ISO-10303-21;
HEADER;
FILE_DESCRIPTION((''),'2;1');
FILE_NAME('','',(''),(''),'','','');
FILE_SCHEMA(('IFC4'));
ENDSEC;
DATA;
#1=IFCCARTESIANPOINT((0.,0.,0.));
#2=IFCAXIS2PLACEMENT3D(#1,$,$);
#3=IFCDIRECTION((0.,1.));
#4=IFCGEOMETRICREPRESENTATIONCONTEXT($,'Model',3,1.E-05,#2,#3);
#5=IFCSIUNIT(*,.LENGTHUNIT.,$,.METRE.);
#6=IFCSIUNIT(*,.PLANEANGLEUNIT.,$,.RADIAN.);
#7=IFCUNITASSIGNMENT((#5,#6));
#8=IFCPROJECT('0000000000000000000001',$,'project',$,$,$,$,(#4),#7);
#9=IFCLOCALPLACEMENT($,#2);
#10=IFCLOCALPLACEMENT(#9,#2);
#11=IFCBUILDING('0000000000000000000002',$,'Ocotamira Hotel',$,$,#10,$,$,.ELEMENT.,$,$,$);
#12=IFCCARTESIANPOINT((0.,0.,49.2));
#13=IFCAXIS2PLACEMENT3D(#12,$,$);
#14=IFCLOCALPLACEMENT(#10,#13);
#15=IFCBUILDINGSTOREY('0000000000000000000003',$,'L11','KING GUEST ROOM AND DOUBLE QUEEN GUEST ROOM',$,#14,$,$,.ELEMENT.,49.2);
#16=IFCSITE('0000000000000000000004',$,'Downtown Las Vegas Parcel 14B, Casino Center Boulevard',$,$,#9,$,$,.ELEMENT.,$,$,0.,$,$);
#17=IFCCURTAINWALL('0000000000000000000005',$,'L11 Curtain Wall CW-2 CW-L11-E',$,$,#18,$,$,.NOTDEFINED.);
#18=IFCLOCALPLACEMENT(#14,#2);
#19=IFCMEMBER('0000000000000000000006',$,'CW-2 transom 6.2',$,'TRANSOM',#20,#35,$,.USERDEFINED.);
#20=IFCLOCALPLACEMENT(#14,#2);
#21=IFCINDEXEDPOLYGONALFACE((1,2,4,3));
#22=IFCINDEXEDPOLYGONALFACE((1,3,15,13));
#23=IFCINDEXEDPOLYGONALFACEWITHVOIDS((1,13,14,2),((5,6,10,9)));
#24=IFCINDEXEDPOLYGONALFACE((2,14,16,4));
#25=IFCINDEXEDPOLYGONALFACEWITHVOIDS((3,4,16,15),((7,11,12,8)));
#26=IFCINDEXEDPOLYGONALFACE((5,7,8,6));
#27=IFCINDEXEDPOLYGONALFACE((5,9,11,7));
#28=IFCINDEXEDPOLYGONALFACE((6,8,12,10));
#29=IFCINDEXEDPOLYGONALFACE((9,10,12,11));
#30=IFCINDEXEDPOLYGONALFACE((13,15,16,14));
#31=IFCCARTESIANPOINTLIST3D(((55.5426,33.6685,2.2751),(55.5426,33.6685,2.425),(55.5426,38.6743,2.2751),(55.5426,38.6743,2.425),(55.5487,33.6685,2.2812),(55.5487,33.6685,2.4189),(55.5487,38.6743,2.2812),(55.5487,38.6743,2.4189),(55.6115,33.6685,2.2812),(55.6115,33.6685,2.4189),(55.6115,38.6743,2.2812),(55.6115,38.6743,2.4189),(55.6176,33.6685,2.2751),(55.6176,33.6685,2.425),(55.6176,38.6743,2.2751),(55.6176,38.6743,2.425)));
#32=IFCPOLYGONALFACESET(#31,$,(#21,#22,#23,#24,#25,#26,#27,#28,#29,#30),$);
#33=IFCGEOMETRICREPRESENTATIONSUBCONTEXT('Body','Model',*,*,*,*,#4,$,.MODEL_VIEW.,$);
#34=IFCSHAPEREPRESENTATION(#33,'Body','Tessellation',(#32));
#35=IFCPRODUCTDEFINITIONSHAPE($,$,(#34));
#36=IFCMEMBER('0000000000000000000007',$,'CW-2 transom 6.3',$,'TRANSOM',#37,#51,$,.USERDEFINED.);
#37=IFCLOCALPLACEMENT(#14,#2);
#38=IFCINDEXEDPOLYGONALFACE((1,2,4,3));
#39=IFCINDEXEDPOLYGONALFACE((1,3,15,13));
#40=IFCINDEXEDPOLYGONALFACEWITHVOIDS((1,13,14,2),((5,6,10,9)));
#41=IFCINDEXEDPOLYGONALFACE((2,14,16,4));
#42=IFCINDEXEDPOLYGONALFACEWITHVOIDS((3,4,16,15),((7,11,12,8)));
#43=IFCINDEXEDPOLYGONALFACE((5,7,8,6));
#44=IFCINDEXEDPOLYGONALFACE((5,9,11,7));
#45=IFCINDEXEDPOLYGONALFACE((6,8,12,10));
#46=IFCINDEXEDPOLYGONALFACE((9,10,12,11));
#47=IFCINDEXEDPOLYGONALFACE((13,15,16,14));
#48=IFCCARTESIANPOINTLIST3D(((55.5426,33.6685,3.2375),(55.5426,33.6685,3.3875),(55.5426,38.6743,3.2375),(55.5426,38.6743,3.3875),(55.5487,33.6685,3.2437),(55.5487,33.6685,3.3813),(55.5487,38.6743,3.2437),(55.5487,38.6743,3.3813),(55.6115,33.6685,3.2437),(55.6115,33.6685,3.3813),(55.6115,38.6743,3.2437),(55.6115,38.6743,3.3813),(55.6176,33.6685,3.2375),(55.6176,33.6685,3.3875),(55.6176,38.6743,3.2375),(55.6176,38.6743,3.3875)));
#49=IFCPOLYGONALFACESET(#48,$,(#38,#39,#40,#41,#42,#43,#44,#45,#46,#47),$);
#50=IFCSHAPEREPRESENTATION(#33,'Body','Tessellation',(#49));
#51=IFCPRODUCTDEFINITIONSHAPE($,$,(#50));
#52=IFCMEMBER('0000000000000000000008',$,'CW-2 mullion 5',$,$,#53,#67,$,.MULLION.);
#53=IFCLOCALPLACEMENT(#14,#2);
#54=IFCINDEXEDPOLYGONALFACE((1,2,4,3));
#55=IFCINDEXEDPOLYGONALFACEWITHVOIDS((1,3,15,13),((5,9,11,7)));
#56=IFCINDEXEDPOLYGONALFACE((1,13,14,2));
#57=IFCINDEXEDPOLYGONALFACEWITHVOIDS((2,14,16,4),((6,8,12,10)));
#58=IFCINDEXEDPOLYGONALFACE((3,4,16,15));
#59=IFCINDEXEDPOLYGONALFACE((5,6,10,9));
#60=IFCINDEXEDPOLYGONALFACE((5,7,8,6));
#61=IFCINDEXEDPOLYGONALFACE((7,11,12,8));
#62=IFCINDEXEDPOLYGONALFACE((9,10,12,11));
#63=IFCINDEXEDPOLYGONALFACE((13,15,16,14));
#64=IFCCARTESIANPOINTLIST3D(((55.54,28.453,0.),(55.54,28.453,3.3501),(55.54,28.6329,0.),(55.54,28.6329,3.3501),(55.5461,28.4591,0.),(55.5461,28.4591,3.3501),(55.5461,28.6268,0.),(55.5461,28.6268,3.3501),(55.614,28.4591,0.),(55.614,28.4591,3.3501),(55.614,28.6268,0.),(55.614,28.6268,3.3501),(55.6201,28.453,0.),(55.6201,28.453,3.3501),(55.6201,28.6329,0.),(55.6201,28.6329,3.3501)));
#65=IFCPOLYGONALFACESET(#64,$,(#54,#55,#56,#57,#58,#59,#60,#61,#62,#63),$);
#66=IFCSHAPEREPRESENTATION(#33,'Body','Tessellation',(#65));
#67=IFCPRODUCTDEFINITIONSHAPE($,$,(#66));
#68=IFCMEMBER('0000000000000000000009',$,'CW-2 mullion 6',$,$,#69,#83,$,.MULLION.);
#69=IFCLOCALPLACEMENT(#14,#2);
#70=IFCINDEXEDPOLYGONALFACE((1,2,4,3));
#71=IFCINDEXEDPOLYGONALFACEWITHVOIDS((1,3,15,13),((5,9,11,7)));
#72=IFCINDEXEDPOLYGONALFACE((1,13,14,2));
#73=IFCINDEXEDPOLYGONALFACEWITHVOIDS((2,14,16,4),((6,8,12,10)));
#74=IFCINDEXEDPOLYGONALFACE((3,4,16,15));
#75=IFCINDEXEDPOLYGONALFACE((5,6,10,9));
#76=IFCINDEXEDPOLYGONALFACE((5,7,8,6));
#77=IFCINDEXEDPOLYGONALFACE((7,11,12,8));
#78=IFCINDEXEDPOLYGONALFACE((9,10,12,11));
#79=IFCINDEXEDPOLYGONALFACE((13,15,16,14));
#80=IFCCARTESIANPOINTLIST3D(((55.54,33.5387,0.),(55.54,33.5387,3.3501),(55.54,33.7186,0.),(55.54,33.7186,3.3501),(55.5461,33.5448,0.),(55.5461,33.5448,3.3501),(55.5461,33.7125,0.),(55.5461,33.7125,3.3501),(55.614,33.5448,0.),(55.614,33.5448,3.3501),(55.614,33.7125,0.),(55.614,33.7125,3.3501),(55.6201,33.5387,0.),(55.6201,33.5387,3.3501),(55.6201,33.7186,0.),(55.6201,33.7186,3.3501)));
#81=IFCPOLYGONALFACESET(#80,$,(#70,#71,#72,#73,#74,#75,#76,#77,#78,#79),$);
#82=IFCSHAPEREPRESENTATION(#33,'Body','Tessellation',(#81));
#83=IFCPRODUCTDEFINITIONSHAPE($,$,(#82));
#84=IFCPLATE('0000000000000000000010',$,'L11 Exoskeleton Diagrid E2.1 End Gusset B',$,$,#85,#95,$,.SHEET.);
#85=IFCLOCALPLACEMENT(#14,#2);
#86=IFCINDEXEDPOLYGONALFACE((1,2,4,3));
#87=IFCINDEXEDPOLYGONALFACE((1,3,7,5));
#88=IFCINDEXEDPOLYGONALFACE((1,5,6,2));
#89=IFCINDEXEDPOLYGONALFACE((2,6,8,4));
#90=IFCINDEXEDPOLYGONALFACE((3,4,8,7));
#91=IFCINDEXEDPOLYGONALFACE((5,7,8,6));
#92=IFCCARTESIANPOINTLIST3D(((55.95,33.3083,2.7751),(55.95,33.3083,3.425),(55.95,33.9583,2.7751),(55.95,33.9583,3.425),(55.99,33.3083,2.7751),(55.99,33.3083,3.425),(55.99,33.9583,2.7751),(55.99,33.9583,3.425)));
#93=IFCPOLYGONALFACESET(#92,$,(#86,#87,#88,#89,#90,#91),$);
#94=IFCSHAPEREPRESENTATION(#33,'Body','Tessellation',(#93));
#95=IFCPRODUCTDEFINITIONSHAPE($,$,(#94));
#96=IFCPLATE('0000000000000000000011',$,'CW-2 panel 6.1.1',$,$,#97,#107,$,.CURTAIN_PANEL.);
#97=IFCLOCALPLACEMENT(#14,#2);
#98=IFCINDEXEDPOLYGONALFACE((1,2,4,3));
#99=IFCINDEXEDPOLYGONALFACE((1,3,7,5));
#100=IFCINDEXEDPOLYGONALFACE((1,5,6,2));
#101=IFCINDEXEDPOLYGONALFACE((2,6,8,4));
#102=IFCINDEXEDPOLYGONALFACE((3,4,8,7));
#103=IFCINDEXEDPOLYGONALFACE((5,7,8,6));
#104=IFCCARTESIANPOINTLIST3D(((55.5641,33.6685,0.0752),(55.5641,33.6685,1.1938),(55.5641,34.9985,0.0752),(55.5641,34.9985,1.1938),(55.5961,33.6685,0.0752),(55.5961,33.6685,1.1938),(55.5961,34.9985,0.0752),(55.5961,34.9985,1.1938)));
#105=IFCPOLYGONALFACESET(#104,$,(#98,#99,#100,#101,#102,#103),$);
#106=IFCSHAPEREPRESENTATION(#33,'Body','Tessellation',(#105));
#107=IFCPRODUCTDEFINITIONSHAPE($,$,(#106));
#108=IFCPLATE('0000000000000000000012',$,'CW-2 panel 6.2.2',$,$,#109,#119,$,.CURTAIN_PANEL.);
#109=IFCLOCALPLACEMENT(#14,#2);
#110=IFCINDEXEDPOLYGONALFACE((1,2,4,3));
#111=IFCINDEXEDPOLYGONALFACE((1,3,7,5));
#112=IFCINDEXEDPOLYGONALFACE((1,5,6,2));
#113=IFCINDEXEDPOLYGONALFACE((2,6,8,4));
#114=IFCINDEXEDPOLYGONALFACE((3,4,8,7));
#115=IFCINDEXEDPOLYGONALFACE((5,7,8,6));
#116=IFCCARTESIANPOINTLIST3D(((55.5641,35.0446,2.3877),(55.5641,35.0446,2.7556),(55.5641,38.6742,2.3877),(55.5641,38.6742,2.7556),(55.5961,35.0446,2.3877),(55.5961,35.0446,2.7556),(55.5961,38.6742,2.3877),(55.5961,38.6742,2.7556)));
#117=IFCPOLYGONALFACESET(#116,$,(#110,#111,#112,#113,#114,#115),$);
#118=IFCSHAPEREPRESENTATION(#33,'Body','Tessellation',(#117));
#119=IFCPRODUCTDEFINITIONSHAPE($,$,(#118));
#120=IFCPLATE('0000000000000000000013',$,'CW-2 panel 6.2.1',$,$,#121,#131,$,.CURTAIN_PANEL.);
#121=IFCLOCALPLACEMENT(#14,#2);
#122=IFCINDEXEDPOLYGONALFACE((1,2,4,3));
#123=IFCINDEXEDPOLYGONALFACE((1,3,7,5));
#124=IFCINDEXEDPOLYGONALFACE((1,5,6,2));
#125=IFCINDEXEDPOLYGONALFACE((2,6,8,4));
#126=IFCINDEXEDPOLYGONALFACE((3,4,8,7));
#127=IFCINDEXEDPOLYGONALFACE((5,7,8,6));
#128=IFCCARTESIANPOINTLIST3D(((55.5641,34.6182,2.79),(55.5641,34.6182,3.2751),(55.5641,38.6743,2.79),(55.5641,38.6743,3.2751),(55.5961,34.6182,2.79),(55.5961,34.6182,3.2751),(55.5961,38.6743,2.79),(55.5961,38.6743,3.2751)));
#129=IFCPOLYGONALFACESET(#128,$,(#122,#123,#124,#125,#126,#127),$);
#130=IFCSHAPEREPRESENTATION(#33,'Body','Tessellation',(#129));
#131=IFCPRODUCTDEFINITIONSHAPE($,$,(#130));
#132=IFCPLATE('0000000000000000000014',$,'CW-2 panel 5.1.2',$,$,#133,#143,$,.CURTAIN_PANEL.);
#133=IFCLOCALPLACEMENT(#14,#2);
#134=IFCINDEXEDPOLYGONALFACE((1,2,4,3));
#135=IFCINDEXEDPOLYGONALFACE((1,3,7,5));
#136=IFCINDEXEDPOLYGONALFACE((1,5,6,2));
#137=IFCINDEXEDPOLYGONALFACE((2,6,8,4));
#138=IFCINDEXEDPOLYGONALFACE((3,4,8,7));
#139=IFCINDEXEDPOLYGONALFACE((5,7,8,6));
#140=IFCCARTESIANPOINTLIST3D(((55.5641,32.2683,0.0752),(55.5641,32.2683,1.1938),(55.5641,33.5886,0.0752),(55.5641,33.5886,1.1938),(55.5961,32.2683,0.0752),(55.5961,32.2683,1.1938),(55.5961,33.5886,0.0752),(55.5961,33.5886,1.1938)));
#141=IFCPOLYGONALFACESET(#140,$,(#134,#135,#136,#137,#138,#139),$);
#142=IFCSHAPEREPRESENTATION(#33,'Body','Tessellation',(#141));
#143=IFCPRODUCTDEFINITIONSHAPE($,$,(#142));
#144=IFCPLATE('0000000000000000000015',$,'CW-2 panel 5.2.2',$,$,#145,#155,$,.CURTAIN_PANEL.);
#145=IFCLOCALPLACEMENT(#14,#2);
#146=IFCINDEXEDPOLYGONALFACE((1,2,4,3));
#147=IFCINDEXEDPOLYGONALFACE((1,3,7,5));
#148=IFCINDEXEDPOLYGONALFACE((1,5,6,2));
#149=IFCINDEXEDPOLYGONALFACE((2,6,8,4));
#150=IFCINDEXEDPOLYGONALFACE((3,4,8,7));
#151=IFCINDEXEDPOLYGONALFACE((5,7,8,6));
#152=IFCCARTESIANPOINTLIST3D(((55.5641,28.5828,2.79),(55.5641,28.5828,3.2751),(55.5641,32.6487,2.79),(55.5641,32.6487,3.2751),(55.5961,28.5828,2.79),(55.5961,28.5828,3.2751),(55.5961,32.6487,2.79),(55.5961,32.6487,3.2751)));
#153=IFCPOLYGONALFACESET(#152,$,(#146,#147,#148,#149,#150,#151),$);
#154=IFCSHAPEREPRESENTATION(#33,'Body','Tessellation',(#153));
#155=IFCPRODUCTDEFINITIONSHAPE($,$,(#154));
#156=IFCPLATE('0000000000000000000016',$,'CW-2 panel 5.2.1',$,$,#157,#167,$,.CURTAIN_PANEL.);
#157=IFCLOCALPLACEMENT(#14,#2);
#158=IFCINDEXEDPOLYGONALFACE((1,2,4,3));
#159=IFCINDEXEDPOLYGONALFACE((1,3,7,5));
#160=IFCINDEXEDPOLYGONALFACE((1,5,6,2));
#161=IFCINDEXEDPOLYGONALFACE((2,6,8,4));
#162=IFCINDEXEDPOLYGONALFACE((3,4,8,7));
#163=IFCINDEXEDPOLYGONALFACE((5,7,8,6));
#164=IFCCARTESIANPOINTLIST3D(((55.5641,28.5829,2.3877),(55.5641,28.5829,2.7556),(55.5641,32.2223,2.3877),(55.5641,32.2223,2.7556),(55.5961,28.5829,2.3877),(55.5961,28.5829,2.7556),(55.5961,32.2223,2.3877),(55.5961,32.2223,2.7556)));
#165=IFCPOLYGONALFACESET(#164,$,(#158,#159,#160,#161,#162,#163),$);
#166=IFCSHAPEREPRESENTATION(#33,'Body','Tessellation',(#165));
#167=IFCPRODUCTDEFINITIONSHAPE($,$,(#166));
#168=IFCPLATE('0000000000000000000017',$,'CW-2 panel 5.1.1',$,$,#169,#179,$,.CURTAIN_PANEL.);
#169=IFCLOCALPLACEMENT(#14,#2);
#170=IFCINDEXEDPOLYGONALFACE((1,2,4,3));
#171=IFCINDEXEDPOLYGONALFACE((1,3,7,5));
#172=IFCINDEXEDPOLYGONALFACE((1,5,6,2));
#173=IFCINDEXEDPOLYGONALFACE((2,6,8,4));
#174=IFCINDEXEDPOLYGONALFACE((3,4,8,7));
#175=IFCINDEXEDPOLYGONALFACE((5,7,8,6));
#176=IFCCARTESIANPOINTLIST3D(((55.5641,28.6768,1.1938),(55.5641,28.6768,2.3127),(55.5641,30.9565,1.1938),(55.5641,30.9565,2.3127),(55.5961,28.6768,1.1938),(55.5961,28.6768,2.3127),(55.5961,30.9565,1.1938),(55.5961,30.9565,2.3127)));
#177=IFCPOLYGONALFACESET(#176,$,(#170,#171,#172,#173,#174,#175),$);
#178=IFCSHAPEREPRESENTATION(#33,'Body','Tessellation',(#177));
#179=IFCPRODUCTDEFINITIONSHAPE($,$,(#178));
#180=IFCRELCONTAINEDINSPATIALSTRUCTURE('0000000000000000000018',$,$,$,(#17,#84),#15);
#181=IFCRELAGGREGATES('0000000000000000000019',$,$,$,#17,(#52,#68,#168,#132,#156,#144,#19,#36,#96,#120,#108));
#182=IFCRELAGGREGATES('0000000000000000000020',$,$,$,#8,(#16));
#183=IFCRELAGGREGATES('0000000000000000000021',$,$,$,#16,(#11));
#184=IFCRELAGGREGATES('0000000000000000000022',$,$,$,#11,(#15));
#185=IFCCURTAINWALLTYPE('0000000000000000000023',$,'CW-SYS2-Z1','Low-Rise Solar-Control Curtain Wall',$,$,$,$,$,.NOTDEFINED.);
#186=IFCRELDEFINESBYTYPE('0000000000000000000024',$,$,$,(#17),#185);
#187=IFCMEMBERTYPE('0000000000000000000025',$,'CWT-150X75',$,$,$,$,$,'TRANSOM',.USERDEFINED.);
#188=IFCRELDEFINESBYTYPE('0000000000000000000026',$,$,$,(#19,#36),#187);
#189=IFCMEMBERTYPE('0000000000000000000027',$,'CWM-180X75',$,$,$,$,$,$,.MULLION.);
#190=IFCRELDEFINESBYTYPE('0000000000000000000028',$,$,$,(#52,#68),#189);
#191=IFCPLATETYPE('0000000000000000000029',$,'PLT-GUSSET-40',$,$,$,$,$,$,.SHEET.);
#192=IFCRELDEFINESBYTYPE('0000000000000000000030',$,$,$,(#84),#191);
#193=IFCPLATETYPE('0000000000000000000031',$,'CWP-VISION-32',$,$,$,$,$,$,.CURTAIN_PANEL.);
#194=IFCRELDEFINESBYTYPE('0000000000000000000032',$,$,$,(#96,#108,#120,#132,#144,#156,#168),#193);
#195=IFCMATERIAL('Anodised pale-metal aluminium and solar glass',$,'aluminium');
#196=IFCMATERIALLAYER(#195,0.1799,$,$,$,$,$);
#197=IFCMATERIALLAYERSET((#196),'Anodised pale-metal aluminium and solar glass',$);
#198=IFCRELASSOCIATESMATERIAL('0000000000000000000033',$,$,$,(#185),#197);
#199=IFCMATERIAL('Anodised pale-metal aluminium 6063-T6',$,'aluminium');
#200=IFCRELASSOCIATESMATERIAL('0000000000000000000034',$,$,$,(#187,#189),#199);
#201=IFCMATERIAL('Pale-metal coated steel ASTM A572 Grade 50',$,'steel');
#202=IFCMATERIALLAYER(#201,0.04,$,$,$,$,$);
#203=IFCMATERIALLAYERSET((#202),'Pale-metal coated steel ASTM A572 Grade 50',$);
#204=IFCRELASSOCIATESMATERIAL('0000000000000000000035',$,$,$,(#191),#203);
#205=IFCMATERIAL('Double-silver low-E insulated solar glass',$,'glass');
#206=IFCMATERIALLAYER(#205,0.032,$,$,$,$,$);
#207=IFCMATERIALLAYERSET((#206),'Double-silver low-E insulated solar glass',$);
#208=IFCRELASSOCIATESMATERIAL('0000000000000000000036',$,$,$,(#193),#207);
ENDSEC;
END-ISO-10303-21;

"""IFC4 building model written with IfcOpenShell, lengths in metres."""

from ifc_helpers import new_model, si_unit, direction, frame, origin, origin_2d, place, context, subcontext, project, spatial, rectangle, hollow_rectangle, extrude, source, transform, mapped, material, layer, layer_set, material_profile, profile_set, type_object, element, aggregate, save


model = new_model("IFC4")

# Units and contexts
model_context = context("Model", 3, precision=1e-05, world=origin(), true_north=direction((0.0, 1.0)))
body_context = subcontext(model_context, "Body", "Model", "MODEL_VIEW")
ifc_project = project(units=[si_unit("LENGTHUNIT", "METRE"), si_unit("PLANEANGLEUNIT", "RADIAN")], contexts=[model_context])

# Site, building, storey
site_placement = place(None, origin())
site = spatial("IfcSite", under=ifc_project, at=site_placement, Name="Downtown Las Vegas Parcel 14B, Casino Center Boulevard", CompositionType="ELEMENT", RefElevation=0.0)
building_placement = place(site_placement, origin())
building = spatial("IfcBuilding", under=site, at=building_placement, Name="Ocotamira Hotel", CompositionType="ELEMENT")
storey_placement = place(building_placement, frame((0.0, 0.0, 49.2)))
storey = spatial("IfcBuildingStorey", under=building, at=storey_placement, Name="L11", Description="KING GUEST ROOM AND DOUBLE QUEEN GUEST ROOM", CompositionType="ELEMENT", Elevation=49.2)

# Curtain wall, members
ifc_material_1 = material(Name="Anodised pale-metal aluminium and solar glass", Category="aluminium")
ifc_layer_1 = layer(ifc_material_1, 0.1799)
ifc_layer_set_1 = layer_set([ifc_layer_1], Name="Anodised pale-metal aluminium and solar glass")
curtain_wall_type = type_object("IfcCurtainWallType", Name="CW-SYS2-Z1", Description="Low-Rise Solar-Control Curtain Wall", PredefinedType="NOTDEFINED", material=ifc_layer_set_1)
curtain_wall_placement = place(storey_placement, origin())
curtain_wall = element("IfcCurtainWall", 1, at=curtain_wall_placement, inside=storey, type_object=curtain_wall_type, Name="L11 Curtain Wall CW-2 CW-L11-E", PredefinedType="NOTDEFINED")
ifc_material_2 = material(Name="Anodised pale-metal aluminium 6063-T6", Category="aluminium")
ifc_material_profile_1 = material_profile(ifc_material_2, hollow_rectangle(XDim=0.075, YDim=0.1499, WallThickness=0.0061, at=origin_2d()), Name="HSS150X75X6")
ifc_profile_set_1 = profile_set([ifc_material_profile_1], Name="Anodised pale-metal aluminium 6063-T6")
member_type_1 = type_object("IfcMemberType", Name="CWT-150X75", ElementType="TRANSOM", PredefinedType="USERDEFINED", material=ifc_profile_set_1)
shared_shape_1 = source(origin(), body_context, "Body", "SweptSolid", [
    extrude(hollow_rectangle(XDim=0.075, YDim=0.1499, WallThickness=0.0061, at=origin_2d()), origin(), (0.0, 0.0, 1.0), 5.0059),
])
member_1_placement = place(storey_placement, frame((55.5801, 33.6685, 2.3501), z_axis=(0.0, 1.0, 0.0), x_axis=(-1.0, 0.0, 0.0)))
member_1 = element("IfcMember", 2, at=member_1_placement, type_object=member_type_1, Name="CW-2 transom 6.2", ObjectType="TRANSOM", PredefinedType="USERDEFINED", context=body_context, shape_type="MappedRepresentation", body=[
    mapped(shared_shape_1, transform((0.0, 0.0, 0.0), scale=1.0)),
])
member_2_placement = place(storey_placement, frame((55.5801, 33.6685, 3.3125), z_axis=(0.0, 1.0, 0.0), x_axis=(-1.0, 0.0, 0.0)))
member_2 = element("IfcMember", 3, at=member_2_placement, type_object=member_type_1, Name="CW-2 transom 6.3", ObjectType="TRANSOM", PredefinedType="USERDEFINED", context=body_context, shape_type="MappedRepresentation", body=[
    mapped(shared_shape_1, transform((0.0, 0.0, 0.0), scale=1.0)),
])
ifc_material_profile_2 = material_profile(ifc_material_2, hollow_rectangle(XDim=0.0801, YDim=0.1799, WallThickness=0.0061, at=origin_2d()), Name="HSS180X80X6")
ifc_profile_set_2 = profile_set([ifc_material_profile_2], Name="Anodised pale-metal aluminium 6063-T6")
member_type_2 = type_object("IfcMemberType", Name="CWM-180X75", PredefinedType="MULLION", material=ifc_profile_set_2)
shared_shape_2 = source(origin(), body_context, "Body", "SweptSolid", [
    extrude(hollow_rectangle(XDim=0.0801, YDim=0.1799, WallThickness=0.0061, at=origin_2d()), origin(), (0.0, 0.0, 1.0), 3.3501),
])
member_3_placement = place(storey_placement, frame((55.5801, 28.543, 0.0), z_axis=(0.0, 0.0, 1.0), x_axis=(-1.0, 0.0, 0.0)))
member_3 = element("IfcMember", 4, at=member_3_placement, type_object=member_type_2, Name="CW-2 mullion 5", PredefinedType="MULLION", context=body_context, shape_type="MappedRepresentation", body=[
    mapped(shared_shape_2, transform((0.0, 0.0, 0.0), scale=1.0)),
])
member_4_placement = place(storey_placement, frame((55.5801, 33.6287, 0.0), z_axis=(0.0, 0.0, 1.0), x_axis=(-1.0, 0.0, 0.0)))
member_4 = element("IfcMember", 5, at=member_4_placement, type_object=member_type_2, Name="CW-2 mullion 6", PredefinedType="MULLION", context=body_context, shape_type="MappedRepresentation", body=[
    mapped(shared_shape_2, transform((0.0, 0.0, 0.0), scale=1.0)),
])

# Plates
ifc_material_3 = material(Name="Pale-metal coated steel ASTM A572 Grade 50", Category="steel")
ifc_layer_2 = layer(ifc_material_3, 0.04)
ifc_layer_set_2 = layer_set([ifc_layer_2], Name="Pale-metal coated steel ASTM A572 Grade 50")
plate_type_1 = type_object("IfcPlateType", Name="PLT-GUSSET-40", PredefinedType="SHEET", material=ifc_layer_set_2)
shared_shape_3 = source(origin(), body_context, "Body", "SweptSolid", [
    extrude(rectangle(XDim=0.04, YDim=0.6499, at=origin_2d()), origin(), (0.0, 0.0, 1.0), 0.6499),
])
plate_1_placement = place(storey_placement, frame((55.97, 33.6333, 2.7751), z_axis=(0.0, 0.0, 1.0), x_axis=(1.0, 0.0, 0.0)))
element("IfcPlate", 6, at=plate_1_placement, inside=storey, type_object=plate_type_1, Name="L11 Exoskeleton Diagrid E2.1 End Gusset B", PredefinedType="SHEET", context=body_context, shape_type="MappedRepresentation", body=[
    mapped(shared_shape_3, transform((0.0, 0.0, 0.0), scale=1.0)),
])
ifc_material_4 = material(Name="Double-silver low-E insulated solar glass", Category="glass")
ifc_layer_3 = layer(ifc_material_4, 0.032)
ifc_layer_set_3 = layer_set([ifc_layer_3], Name="Double-silver low-E insulated solar glass")
plate_type_2 = type_object("IfcPlateType", Name="CWP-VISION-32", PredefinedType="CURTAIN_PANEL", material=ifc_layer_set_3)
shared_shape_4 = source(origin(), body_context, "Body", "SweptSolid", [
    extrude(rectangle(XDim=1.3301, YDim=0.032, at=origin_2d()), origin(), (0.0, 0.0, 1.0), 1.1187),
])
plate_2_placement = place(storey_placement, frame((55.5801, 34.3335, 0.0752), z_axis=(0.0, 0.0, 1.0), x_axis=(0.0, 1.0, 0.0)))
plate_2 = element("IfcPlate", 7, at=plate_2_placement, type_object=plate_type_2, Name="CW-2 panel 6.1.1", PredefinedType="CURTAIN_PANEL", context=body_context, shape_type="MappedRepresentation", body=[
    mapped(shared_shape_4, transform((0.0, 0.0, 0.0), scale=1.0)),
])
shared_shape_5 = source(origin(), body_context, "Body", "SweptSolid", [
    extrude(rectangle(XDim=3.6296, YDim=0.032, at=origin_2d()), origin(), (0.0, 0.0, 1.0), 0.3679),
])
plate_3_placement = place(storey_placement, frame((55.5801, 36.8594, 2.3877), z_axis=(0.0, 0.0, 1.0), x_axis=(0.0, 1.0, 0.0)))
plate_3 = element("IfcPlate", 8, at=plate_3_placement, type_object=plate_type_2, Name="CW-2 panel 6.2.2", PredefinedType="CURTAIN_PANEL", context=body_context, shape_type="MappedRepresentation", body=[
    mapped(shared_shape_5, transform((0.0, 0.0, 0.0), scale=1.0)),
])
shared_shape_6 = source(origin(), body_context, "Body", "SweptSolid", [
    extrude(rectangle(XDim=4.0562, YDim=0.032, at=origin_2d()), origin(), (0.0, 0.0, 1.0), 0.4851),
])
plate_4_placement = place(storey_placement, frame((55.5801, 36.6462, 2.79), z_axis=(0.0, 0.0, 1.0), x_axis=(0.0, 1.0, 0.0)))
plate_4 = element("IfcPlate", 9, at=plate_4_placement, type_object=plate_type_2, Name="CW-2 panel 6.2.1", PredefinedType="CURTAIN_PANEL", context=body_context, shape_type="MappedRepresentation", body=[
    mapped(shared_shape_6, transform((0.0, 0.0, 0.0), scale=1.0)),
])
shared_shape_7 = source(origin(), body_context, "Body", "SweptSolid", [
    extrude(rectangle(XDim=1.3203, YDim=0.032, at=origin_2d()), origin(), (0.0, 0.0, 1.0), 1.1187),
])
plate_5_placement = place(storey_placement, frame((55.5801, 32.9285, 0.0752), z_axis=(0.0, 0.0, 1.0), x_axis=(0.0, 1.0, 0.0)))
plate_5 = element("IfcPlate", 10, at=plate_5_placement, type_object=plate_type_2, Name="CW-2 panel 5.1.2", PredefinedType="CURTAIN_PANEL", context=body_context, shape_type="MappedRepresentation", body=[
    mapped(shared_shape_7, transform((0.0, 0.0, 0.0), scale=1.0)),
])
shared_shape_8 = source(origin(), body_context, "Body", "SweptSolid", [
    extrude(rectangle(XDim=4.0659, YDim=0.032, at=origin_2d()), origin(), (0.0, 0.0, 1.0), 0.4851),
])
plate_6_placement = place(storey_placement, frame((55.5801, 30.6157, 2.79), z_axis=(0.0, 0.0, 1.0), x_axis=(0.0, 1.0, 0.0)))
plate_6 = element("IfcPlate", 11, at=plate_6_placement, type_object=plate_type_2, Name="CW-2 panel 5.2.2", PredefinedType="CURTAIN_PANEL", context=body_context, shape_type="MappedRepresentation", body=[
    mapped(shared_shape_8, transform((0.0, 0.0, 0.0), scale=1.0)),
])
shared_shape_9 = source(origin(), body_context, "Body", "SweptSolid", [
    extrude(rectangle(XDim=3.6394, YDim=0.032, at=origin_2d()), origin(), (0.0, 0.0, 1.0), 0.3679),
])
plate_7_placement = place(storey_placement, frame((55.5801, 30.4026, 2.3877), z_axis=(0.0, 0.0, 1.0), x_axis=(0.0, 1.0, 0.0)))
plate_7 = element("IfcPlate", 12, at=plate_7_placement, type_object=plate_type_2, Name="CW-2 panel 5.2.1", PredefinedType="CURTAIN_PANEL", context=body_context, shape_type="MappedRepresentation", body=[
    mapped(shared_shape_9, transform((0.0, 0.0, 0.0), scale=1.0)),
])
shared_shape_10 = source(origin(), body_context, "Body", "SweptSolid", [
    extrude(rectangle(XDim=2.2798, YDim=0.032, at=origin_2d()), origin(), (0.0, 0.0, 1.0), 1.1189),
])
plate_8_placement = place(storey_placement, frame((55.5801, 29.8167, 1.1938), z_axis=(0.0, 0.0, 1.0), x_axis=(0.0, 1.0, 0.0)))
plate_8 = element("IfcPlate", 13, at=plate_8_placement, type_object=plate_type_2, Name="CW-2 panel 5.1.1", PredefinedType="CURTAIN_PANEL", context=body_context, shape_type="MappedRepresentation", body=[
    mapped(shared_shape_10, transform((0.0, 0.0, 0.0), scale=1.0)),
])
aggregate(curtain_wall, [member_3, member_4, plate_8, plate_5, plate_7, plate_6, member_1, member_2, plate_2, plate_4, plate_3])

save(model, "model.ifc")
